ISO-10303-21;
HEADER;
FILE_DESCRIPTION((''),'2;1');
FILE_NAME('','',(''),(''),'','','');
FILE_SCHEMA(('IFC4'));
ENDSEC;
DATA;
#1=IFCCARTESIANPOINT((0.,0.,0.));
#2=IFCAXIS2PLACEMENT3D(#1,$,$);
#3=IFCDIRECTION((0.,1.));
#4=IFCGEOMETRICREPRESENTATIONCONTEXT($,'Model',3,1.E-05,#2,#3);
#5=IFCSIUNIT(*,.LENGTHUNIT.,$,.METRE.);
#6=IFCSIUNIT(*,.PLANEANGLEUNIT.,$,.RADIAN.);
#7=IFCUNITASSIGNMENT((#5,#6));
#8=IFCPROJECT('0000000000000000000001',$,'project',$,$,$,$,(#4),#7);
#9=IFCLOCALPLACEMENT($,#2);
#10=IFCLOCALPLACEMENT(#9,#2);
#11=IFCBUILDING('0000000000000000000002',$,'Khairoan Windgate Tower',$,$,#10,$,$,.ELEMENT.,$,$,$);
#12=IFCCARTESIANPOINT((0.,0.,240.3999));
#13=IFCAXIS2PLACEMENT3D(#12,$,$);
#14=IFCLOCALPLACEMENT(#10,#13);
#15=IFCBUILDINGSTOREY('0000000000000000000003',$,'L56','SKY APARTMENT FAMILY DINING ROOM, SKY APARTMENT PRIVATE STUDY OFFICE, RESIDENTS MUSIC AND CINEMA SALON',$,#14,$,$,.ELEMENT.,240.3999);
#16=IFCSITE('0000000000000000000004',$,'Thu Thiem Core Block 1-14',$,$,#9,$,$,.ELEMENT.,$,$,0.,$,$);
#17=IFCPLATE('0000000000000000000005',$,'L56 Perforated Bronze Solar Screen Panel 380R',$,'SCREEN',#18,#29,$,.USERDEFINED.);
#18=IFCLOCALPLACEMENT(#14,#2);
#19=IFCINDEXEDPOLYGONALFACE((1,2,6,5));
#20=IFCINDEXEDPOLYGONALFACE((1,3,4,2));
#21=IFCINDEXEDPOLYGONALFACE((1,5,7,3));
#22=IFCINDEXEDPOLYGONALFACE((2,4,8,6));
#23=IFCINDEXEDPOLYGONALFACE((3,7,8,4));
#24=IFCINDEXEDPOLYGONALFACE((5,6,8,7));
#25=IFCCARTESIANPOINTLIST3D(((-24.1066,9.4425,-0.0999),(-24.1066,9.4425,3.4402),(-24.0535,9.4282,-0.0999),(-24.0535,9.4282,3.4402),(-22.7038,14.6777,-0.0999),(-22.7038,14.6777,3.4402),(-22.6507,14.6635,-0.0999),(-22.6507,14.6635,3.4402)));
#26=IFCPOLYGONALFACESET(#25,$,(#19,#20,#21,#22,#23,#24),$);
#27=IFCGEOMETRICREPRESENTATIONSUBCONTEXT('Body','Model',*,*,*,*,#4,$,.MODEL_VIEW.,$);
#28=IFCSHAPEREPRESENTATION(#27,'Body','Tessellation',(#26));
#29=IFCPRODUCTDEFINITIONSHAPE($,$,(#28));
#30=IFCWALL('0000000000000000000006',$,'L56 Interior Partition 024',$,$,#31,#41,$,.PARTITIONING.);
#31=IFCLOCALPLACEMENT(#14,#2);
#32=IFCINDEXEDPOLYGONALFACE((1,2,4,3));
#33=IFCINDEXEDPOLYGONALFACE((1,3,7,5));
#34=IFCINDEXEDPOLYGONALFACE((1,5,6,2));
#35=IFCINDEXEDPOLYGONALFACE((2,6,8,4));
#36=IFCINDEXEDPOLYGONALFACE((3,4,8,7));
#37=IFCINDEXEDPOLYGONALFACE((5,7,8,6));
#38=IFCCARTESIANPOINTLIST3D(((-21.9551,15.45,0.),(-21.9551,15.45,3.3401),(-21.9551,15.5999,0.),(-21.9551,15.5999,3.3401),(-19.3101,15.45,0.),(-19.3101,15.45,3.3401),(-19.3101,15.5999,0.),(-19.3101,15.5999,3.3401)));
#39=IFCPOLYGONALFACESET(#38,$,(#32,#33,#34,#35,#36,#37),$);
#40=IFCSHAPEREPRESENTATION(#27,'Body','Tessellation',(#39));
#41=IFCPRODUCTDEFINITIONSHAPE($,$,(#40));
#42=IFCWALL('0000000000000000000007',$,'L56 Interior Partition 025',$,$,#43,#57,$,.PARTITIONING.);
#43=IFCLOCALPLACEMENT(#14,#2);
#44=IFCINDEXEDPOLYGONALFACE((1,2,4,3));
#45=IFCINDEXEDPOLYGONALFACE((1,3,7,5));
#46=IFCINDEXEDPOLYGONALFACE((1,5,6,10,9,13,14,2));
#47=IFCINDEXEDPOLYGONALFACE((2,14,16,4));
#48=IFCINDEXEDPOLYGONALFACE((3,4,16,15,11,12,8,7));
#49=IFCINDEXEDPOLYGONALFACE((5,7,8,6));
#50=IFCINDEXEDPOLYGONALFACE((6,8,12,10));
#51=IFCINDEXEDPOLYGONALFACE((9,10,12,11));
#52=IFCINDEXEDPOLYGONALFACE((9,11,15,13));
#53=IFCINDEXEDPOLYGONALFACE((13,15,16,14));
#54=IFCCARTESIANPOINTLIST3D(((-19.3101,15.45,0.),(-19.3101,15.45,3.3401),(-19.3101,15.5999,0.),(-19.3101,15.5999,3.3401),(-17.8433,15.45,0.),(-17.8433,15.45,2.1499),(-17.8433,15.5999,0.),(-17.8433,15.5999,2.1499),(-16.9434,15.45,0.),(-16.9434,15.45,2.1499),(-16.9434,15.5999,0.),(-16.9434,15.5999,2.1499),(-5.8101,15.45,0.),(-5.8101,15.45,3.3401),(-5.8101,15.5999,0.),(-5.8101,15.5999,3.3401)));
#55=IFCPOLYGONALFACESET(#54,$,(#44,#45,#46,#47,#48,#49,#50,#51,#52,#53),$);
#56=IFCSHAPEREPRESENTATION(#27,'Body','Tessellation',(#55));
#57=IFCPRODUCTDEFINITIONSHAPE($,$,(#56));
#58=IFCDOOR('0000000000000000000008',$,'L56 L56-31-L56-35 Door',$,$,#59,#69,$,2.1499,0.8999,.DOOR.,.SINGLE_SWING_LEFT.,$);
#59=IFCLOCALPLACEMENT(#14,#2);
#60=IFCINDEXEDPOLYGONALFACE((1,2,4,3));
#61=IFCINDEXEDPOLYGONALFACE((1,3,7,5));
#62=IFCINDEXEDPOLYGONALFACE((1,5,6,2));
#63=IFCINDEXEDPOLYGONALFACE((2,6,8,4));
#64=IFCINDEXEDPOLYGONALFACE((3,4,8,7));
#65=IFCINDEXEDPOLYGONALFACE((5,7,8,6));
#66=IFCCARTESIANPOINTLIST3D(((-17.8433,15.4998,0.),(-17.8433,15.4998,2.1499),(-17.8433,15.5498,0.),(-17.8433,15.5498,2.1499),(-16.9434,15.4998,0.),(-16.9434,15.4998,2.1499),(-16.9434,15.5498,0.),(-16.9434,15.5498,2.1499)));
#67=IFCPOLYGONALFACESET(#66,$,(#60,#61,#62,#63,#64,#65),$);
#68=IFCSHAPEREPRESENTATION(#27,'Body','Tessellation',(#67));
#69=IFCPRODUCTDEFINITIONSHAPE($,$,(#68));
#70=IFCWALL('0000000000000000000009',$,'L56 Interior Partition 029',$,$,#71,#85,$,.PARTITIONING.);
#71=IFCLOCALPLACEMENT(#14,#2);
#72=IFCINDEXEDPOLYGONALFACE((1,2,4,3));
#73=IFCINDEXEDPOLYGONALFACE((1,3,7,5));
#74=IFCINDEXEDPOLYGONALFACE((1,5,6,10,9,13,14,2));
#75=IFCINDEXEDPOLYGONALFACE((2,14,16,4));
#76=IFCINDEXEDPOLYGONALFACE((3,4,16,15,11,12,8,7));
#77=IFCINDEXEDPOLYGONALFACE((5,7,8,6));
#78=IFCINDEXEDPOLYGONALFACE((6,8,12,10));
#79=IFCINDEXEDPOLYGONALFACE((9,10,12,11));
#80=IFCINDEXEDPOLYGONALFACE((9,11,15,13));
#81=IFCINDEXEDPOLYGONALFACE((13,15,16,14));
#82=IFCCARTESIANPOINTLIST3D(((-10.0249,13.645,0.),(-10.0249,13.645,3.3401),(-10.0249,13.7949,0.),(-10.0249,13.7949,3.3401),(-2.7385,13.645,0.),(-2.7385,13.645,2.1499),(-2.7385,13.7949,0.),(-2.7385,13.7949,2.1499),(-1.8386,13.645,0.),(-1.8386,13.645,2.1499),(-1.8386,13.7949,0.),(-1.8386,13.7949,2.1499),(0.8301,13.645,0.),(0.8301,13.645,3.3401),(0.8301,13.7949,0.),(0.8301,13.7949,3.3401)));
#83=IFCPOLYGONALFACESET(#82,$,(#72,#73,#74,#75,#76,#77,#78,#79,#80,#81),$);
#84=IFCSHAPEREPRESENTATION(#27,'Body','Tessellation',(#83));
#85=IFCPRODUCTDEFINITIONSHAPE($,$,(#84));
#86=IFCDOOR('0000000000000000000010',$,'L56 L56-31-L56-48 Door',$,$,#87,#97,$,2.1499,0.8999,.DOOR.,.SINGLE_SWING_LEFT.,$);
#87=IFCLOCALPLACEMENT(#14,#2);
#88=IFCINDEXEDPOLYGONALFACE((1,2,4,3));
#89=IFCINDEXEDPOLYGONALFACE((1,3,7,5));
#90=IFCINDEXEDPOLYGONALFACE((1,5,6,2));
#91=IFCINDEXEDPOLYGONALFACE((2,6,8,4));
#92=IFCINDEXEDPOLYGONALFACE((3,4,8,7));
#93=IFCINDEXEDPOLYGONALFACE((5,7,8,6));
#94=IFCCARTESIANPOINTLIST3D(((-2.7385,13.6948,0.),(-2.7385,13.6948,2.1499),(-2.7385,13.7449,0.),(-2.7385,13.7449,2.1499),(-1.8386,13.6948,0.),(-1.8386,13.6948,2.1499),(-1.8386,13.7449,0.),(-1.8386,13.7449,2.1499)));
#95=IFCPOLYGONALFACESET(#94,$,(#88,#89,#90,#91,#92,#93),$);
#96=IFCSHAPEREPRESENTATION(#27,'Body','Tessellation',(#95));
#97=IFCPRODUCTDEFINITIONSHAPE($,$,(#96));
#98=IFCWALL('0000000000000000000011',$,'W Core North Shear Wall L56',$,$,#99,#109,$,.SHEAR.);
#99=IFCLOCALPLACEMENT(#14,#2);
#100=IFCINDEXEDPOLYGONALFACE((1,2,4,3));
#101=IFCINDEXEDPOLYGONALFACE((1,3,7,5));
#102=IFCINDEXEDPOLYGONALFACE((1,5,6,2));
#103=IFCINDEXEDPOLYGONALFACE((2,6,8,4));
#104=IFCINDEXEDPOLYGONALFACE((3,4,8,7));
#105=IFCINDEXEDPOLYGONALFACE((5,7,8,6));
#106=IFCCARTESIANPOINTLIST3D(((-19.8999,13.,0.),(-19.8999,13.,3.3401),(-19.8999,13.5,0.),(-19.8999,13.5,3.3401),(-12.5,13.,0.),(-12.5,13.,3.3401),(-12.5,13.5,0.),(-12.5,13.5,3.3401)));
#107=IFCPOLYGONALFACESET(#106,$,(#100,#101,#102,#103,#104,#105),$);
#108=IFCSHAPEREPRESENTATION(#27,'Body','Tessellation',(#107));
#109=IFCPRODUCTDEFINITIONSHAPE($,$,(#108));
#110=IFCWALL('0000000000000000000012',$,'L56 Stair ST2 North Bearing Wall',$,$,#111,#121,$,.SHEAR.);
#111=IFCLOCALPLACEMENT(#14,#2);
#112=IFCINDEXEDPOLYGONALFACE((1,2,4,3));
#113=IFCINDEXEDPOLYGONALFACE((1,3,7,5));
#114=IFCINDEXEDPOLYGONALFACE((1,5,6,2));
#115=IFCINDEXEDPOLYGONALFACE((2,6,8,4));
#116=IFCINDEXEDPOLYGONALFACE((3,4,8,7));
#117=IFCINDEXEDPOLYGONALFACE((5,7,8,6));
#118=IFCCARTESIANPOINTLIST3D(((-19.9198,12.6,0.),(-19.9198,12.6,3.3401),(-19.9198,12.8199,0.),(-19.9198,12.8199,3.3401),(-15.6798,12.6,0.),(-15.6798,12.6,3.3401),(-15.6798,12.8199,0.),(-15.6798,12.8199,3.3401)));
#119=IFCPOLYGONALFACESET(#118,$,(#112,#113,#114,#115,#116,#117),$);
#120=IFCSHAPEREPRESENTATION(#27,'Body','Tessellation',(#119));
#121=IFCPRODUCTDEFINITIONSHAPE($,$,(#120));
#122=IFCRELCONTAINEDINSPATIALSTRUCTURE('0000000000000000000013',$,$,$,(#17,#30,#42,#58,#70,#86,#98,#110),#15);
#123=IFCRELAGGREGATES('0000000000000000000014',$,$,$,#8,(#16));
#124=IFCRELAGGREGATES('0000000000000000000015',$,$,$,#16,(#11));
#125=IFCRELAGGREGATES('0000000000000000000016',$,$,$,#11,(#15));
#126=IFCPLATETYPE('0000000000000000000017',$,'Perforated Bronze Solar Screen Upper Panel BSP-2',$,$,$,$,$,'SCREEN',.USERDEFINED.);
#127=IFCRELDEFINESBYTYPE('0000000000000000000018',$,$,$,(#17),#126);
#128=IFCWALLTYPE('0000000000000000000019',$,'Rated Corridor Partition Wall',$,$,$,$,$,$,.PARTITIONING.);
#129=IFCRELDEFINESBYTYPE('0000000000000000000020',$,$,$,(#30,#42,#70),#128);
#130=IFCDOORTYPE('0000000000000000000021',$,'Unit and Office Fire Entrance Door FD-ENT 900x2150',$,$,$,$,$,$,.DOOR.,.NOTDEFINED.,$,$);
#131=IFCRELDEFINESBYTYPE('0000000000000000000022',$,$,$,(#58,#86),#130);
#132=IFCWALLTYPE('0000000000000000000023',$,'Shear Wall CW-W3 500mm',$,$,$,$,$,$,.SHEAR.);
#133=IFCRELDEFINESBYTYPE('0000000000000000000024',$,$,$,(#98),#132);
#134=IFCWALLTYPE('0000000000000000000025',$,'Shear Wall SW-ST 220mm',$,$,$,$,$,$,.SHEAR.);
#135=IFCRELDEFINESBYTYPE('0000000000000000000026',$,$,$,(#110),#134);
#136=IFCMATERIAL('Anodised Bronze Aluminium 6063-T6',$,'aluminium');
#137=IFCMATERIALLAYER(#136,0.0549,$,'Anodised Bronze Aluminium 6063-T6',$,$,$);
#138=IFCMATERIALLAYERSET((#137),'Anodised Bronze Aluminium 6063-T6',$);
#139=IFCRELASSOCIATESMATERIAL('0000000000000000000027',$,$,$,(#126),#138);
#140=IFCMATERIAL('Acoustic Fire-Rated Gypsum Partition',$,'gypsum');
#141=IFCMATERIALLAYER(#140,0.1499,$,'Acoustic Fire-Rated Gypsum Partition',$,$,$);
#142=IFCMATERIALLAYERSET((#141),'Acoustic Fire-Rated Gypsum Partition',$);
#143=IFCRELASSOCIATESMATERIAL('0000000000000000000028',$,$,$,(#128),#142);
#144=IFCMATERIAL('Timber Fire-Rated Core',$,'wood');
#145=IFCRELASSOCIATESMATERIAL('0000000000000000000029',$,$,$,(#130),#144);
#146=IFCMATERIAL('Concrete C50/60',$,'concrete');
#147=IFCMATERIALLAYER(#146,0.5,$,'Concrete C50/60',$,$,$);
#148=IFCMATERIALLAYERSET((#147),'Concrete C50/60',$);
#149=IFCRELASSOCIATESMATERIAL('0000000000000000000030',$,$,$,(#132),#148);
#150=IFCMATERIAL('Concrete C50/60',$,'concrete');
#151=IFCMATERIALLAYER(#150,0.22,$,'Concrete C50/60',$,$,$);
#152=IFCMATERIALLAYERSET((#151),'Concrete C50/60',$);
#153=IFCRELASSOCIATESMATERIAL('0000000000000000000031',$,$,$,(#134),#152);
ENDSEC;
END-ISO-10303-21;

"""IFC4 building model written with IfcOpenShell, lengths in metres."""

from ifc_helpers import new_model, si_unit, direction, frame, frame_2d, origin, origin_2d, place, context, subcontext, project, spatial, rectangle, extrude, material, layer, layer_set, type_object, element, fill, save


model = new_model("IFC4")

# Units and contexts
model_context = context("Model", 3, precision=1e-05, world=origin(), true_north=direction((0.0, 1.0)))
body_context = subcontext(model_context, "Body", "Model", "MODEL_VIEW")
ifc_project = project(units=[si_unit("LENGTHUNIT", "METRE"), si_unit("PLANEANGLEUNIT", "RADIAN")], contexts=[model_context])

# Site, building, storey
site_placement = place(None, origin())
site = spatial("IfcSite", under=ifc_project, at=site_placement, Name="Thu Thiem Core Block 1-14", CompositionType="ELEMENT", RefElevation=0.0)
building_placement = place(site_placement, origin())
building = spatial("IfcBuilding", under=site, at=building_placement, Name="Khairoan Windgate Tower", CompositionType="ELEMENT")
storey_placement = place(building_placement, frame((0.0, 0.0, 240.3999)))
storey = spatial("IfcBuildingStorey", under=building, at=storey_placement, Name="L56", Description="SKY APARTMENT FAMILY DINING ROOM, SKY APARTMENT PRIVATE STUDY OFFICE, RESIDENTS MUSIC AND CINEMA SALON", CompositionType="ELEMENT", Elevation=240.3999)

# Plate
ifc_material_1 = material(Name="Anodised Bronze Aluminium 6063-T6", Category="aluminium")
ifc_layer_1 = layer(ifc_material_1, 0.0549, Name="Anodised Bronze Aluminium 6063-T6")
ifc_layer_set_1 = layer_set([ifc_layer_1], Name="Anodised Bronze Aluminium 6063-T6")
plate_type = type_object("IfcPlateType", Name="Perforated Bronze Solar Screen Upper Panel BSP-2", ElementType="SCREEN", PredefinedType="USERDEFINED", material=ifc_layer_set_1)
plate_placement = place(storey_placement, frame((-23.3787, 12.053, -0.0999), z_axis=(0.0, 0.0, 1.0), x_axis=(0.258819, 0.965926, 0.0)))
element("IfcPlate", 1, at=plate_placement, inside=storey, type_object=plate_type, Name="L56 Perforated Bronze Solar Screen Panel 380R", ObjectType="SCREEN", PredefinedType="USERDEFINED", context=body_context, shape_type="SweptSolid", body=[
    extrude(rectangle(XDim=5.4199, YDim=0.0549, at=origin_2d()), origin(), (0.0, 0.0, 1.0), 3.54),
])

# Wall
ifc_material_2 = material(Name="Acoustic Fire-Rated Gypsum Partition", Category="gypsum")
ifc_layer_2 = layer(ifc_material_2, 0.1499, Name="Acoustic Fire-Rated Gypsum Partition")
ifc_layer_set_2 = layer_set([ifc_layer_2], Name="Acoustic Fire-Rated Gypsum Partition")
wall_type_1 = type_object("IfcWallType", Name="Rated Corridor Partition Wall", PredefinedType="PARTITIONING", material=ifc_layer_set_2)
wall_1_placement = place(storey_placement, frame((-21.9551, 15.5249, 0.0), z_axis=(0.0, 0.0, 1.0), x_axis=(1.0, 0.0, 0.0)))
element("IfcWall", 2, at=wall_1_placement, inside=storey, type_object=wall_type_1, Name="L56 Interior Partition 024", PredefinedType="PARTITIONING", context=body_context, shape_type="SweptSolid", body=[
    extrude(rectangle(XDim=2.645, YDim=0.1499, at=frame_2d((1.3225, 0.0))), origin(), (0.0, 0.0, 1.0), 3.3401),
])

# Walls, openings, doors
wall_2_placement = place(storey_placement, frame((-19.3101, 15.5249, 0.0), z_axis=(0.0, 0.0, 1.0), x_axis=(1.0, 0.0, 0.0)))
wall_2 = element("IfcWall", 3, at=wall_2_placement, inside=storey, type_object=wall_type_1, Name="L56 Interior Partition 025", PredefinedType="PARTITIONING", context=body_context, shape_type="SweptSolid", body=[
    extrude(rectangle(XDim=13.5, YDim=0.1499, at=frame_2d((6.75, 0.0))), origin(), (0.0, 0.0, 1.0), 3.3401),
])
opening_1_placement = place(wall_2_placement, frame((1.4668, 0.0, 0.0)))
opening_1 = element("IfcOpeningElement", 4, at=opening_1_placement, cuts=wall_2, PredefinedType="OPENING", context=body_context, shape_type="SweptSolid", body=[
    extrude(rectangle(XDim=0.8999, YDim=2.1499, at=frame_2d((0.45, 1.075))), frame((0.0, 0.085, 0.0), z_axis=(0.0, -1.0, 0.0), x_axis=(1.0, 0.0, 0.0)), (0.0, 0.0, 1.0), 0.1699),
])
ifc_material_3 = material(Name="Timber Fire-Rated Core", Category="wood")
door_type = type_object("IfcDoorType", Name="Unit and Office Fire Entrance Door FD-ENT 900x2150", OperationType="NOTDEFINED", PredefinedType="DOOR", material=ifc_material_3)
door_1_placement = place(opening_1_placement, origin())
door_1 = element("IfcDoor", 5, at=door_1_placement, inside=storey, type_object=door_type, Name="L56 L56-31-L56-35 Door", OperationType="SINGLE_SWING_LEFT", OverallHeight=2.1499, OverallWidth=0.8999, PredefinedType="DOOR", context=body_context, shape_type="SweptSolid", body=[
    extrude(rectangle(XDim=0.8999, YDim=2.1499, at=frame_2d((0.45, 1.075))), frame((0.0, 0.0249, 0.0), z_axis=(0.0, -1.0, 0.0), x_axis=(1.0, 0.0, 0.0)), (0.0, 0.0, 1.0), 0.05),
])
fill(opening_1, door_1)
wall_3_placement = place(storey_placement, frame((-10.0249, 13.72, 0.0), z_axis=(0.0, 0.0, 1.0), x_axis=(1.0, 0.0, 0.0)))
wall_3 = element("IfcWall", 6, at=wall_3_placement, inside=storey, type_object=wall_type_1, Name="L56 Interior Partition 029", PredefinedType="PARTITIONING", context=body_context, shape_type="SweptSolid", body=[
    extrude(rectangle(XDim=10.855, YDim=0.1499, at=frame_2d((5.4275, 0.0))), origin(), (0.0, 0.0, 1.0), 3.3401),
])
opening_2_placement = place(wall_3_placement, frame((7.2864, 0.0, 0.0)))
opening_2 = element("IfcOpeningElement", 7, at=opening_2_placement, cuts=wall_3, PredefinedType="OPENING", context=body_context, shape_type="SweptSolid", body=[
    extrude(rectangle(XDim=0.8999, YDim=2.1499, at=frame_2d((0.45, 1.075))), frame((0.0, 0.085, 0.0), z_axis=(0.0, -1.0, 0.0), x_axis=(1.0, 0.0, 0.0)), (0.0, 0.0, 1.0), 0.1699),
])
door_2_placement = place(opening_2_placement, origin())
door_2 = element("IfcDoor", 8, at=door_2_placement, inside=storey, type_object=door_type, Name="L56 L56-31-L56-48 Door", OperationType="SINGLE_SWING_LEFT", OverallHeight=2.1499, OverallWidth=0.8999, PredefinedType="DOOR", context=body_context, shape_type="SweptSolid", body=[
    extrude(rectangle(XDim=0.8999, YDim=2.1499, at=frame_2d((0.45, 1.075))), frame((0.0, 0.0249, 0.0), z_axis=(0.0, -1.0, 0.0), x_axis=(1.0, 0.0, 0.0)), (0.0, 0.0, 1.0), 0.05),
])
fill(opening_2, door_2)

# Walls
ifc_material_4 = material(Name="Concrete C50/60", Category="concrete")
ifc_layer_3 = layer(ifc_material_4, 0.5, Name="Concrete C50/60")
ifc_layer_set_3 = layer_set([ifc_layer_3], Name="Concrete C50/60")
wall_type_2 = type_object("IfcWallType", Name="Shear Wall CW-W3 500mm", PredefinedType="SHEAR", material=ifc_layer_set_3)
wall_4_placement = place(storey_placement, frame((-19.8999, 13.25, 0.0), z_axis=(0.0, 0.0, 1.0), x_axis=(1.0, 0.0, 0.0)))
element("IfcWall", 9, at=wall_4_placement, inside=storey, type_object=wall_type_2, Name="W Core North Shear Wall L56", PredefinedType="SHEAR", context=body_context, shape_type="SweptSolid", body=[
    extrude(rectangle(XDim=7.3999, YDim=0.5, at=frame_2d((3.7, 0.0))), origin(), (0.0, 0.0, 1.0), 3.3401),
])
ifc_material_5 = material(Name="Concrete C50/60", Category="concrete")
ifc_layer_4 = layer(ifc_material_5, 0.22, Name="Concrete C50/60")
ifc_layer_set_4 = layer_set([ifc_layer_4], Name="Concrete C50/60")
wall_type_3 = type_object("IfcWallType", Name="Shear Wall SW-ST 220mm", PredefinedType="SHEAR", material=ifc_layer_set_4)
wall_5_placement = place(storey_placement, frame((-19.9199, 12.71, 0.0), z_axis=(0.0, 0.0, 1.0), x_axis=(1.0, 0.0, 0.0)))
element("IfcWall", 10, at=wall_5_placement, inside=storey, type_object=wall_type_3, Name="L56 Stair ST2 North Bearing Wall", PredefinedType="SHEAR", context=body_context, shape_type="SweptSolid", body=[
    extrude(rectangle(XDim=4.24, YDim=0.22, at=frame_2d((2.1201, 0.0))), origin(), (0.0, 0.0, 1.0), 3.3401),
])

save(model, "model.ifc")
